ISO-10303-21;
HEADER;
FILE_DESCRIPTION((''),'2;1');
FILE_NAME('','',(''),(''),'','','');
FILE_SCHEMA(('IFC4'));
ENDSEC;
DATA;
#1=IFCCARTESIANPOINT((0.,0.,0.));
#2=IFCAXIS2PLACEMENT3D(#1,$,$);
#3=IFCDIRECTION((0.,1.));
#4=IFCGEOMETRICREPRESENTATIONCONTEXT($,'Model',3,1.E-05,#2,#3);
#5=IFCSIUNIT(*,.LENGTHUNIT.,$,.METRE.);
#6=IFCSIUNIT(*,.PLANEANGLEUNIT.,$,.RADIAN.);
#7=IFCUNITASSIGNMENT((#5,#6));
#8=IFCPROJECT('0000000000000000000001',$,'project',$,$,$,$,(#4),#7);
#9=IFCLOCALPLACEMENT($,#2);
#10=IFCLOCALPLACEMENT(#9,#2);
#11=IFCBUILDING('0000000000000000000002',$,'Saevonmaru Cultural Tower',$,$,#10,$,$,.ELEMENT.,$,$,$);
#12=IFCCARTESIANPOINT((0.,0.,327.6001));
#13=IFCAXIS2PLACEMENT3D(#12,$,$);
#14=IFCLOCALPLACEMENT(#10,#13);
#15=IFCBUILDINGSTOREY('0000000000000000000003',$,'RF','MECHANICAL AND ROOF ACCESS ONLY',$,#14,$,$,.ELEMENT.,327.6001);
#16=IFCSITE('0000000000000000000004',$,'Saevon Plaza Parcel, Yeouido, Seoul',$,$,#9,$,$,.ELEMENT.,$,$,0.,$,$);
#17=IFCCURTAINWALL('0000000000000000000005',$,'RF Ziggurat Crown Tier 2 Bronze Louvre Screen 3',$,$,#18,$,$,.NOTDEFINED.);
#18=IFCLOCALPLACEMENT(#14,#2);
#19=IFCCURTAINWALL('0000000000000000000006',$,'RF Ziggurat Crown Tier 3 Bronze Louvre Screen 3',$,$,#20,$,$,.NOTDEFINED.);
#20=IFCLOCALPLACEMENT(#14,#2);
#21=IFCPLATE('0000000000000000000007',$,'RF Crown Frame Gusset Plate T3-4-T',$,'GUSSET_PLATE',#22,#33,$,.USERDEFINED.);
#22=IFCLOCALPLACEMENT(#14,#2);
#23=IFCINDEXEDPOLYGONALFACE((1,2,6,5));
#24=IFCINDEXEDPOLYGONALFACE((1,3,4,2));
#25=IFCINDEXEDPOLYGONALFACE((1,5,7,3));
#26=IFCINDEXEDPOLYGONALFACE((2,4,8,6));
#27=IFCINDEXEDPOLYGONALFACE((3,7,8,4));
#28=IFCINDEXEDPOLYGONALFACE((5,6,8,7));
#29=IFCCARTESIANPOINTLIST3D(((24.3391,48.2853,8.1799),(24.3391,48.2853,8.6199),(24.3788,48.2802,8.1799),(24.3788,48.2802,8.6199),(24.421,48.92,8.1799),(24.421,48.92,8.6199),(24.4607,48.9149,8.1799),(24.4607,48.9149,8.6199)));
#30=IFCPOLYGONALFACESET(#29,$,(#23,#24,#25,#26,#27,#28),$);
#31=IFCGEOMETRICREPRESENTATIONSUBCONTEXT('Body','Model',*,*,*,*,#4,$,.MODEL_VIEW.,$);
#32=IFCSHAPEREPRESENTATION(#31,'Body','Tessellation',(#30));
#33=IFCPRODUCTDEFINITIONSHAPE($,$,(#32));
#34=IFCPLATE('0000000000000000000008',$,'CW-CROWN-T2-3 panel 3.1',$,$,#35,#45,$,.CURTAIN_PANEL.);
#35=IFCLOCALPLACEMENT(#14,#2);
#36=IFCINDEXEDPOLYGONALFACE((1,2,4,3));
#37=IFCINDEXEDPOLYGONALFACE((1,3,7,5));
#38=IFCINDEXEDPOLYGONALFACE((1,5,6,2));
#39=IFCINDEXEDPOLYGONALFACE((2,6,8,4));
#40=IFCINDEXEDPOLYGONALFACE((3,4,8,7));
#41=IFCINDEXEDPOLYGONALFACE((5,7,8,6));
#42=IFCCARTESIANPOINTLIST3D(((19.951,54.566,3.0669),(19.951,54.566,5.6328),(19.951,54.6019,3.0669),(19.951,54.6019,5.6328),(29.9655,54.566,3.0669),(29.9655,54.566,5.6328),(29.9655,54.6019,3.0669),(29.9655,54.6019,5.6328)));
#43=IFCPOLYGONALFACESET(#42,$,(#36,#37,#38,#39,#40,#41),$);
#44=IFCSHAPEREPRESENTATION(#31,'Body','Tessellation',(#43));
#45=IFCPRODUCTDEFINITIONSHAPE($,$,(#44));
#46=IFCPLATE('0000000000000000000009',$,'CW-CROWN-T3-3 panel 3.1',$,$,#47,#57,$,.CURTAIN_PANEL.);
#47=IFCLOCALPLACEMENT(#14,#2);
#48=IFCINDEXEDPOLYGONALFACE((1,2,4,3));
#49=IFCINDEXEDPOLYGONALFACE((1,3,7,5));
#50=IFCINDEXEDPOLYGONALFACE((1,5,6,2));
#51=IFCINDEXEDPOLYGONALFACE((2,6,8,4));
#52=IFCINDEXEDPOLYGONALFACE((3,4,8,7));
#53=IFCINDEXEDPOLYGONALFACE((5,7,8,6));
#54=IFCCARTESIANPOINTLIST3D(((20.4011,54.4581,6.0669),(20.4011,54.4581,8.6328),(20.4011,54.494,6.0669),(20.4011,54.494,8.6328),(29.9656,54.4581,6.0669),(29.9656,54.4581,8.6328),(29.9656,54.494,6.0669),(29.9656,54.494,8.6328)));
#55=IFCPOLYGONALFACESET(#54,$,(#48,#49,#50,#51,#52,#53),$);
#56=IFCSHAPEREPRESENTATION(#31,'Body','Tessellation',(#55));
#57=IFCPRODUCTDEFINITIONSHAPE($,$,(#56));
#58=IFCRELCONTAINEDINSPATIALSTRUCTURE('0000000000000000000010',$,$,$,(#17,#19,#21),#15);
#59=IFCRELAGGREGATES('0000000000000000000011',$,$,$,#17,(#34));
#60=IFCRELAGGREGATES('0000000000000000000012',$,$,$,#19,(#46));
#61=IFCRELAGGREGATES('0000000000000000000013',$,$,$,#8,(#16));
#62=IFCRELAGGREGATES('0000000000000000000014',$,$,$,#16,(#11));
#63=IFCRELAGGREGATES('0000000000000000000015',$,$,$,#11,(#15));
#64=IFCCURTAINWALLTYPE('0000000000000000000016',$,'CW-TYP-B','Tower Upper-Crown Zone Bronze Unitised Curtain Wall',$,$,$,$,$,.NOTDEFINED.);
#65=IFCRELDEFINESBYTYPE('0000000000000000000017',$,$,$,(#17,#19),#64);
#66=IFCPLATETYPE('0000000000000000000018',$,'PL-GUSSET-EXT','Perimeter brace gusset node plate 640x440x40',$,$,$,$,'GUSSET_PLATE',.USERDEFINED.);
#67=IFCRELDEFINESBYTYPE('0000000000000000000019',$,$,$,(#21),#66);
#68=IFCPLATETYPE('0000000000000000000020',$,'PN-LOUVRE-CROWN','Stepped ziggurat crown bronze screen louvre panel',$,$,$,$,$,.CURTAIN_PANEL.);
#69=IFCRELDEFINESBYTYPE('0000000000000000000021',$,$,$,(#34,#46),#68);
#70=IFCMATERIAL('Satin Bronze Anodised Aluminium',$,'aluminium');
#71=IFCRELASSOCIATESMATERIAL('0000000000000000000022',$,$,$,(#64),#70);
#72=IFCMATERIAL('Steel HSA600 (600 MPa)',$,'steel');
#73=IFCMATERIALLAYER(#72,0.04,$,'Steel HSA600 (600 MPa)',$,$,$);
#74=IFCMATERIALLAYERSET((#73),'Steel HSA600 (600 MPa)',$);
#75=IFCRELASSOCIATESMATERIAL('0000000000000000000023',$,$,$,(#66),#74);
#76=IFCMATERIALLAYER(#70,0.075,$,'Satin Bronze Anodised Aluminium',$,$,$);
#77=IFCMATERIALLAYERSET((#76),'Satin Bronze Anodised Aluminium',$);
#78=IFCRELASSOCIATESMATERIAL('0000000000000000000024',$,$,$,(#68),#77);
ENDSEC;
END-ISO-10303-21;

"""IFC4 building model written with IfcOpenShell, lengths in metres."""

from ifc_helpers import new_model, si_unit, direction, frame, origin, origin_2d, place, context, subcontext, project, spatial, rectangle, extrude, material, layer, layer_set, type_object, element, aggregate, save


model = new_model("IFC4")

# Units and contexts
model_context = context("Model", 3, precision=1e-05, world=origin(), true_north=direction((0.0, 1.0)))
body_context = subcontext(model_context, "Body", "Model", "MODEL_VIEW")
ifc_project = project(units=[si_unit("LENGTHUNIT", "METRE"), si_unit("PLANEANGLEUNIT", "RADIAN")], contexts=[model_context])

# Site, building, storey
site_placement = place(None, origin())
site = spatial("IfcSite", under=ifc_project, at=site_placement, Name="Saevon Plaza Parcel, Yeouido, Seoul", CompositionType="ELEMENT", RefElevation=0.0)
building_placement = place(site_placement, origin())
building = spatial("IfcBuilding", under=site, at=building_placement, Name="Saevonmaru Cultural Tower", CompositionType="ELEMENT")
storey_placement = place(building_placement, frame((0.0, 0.0, 327.6001)))
storey = spatial("IfcBuildingStorey", under=building, at=storey_placement, Name="RF", Description="MECHANICAL AND ROOF ACCESS ONLY", CompositionType="ELEMENT", Elevation=327.6001)

# Curtain walls
ifc_material_1 = material(Name="Satin Bronze Anodised Aluminium", Category="aluminium")
curtain_wall_type = type_object("IfcCurtainWallType", Name="CW-TYP-B", Description="Tower Upper-Crown Zone Bronze Unitised Curtain Wall", PredefinedType="NOTDEFINED", material=ifc_material_1)
curtain_wall_1_placement = place(storey_placement, origin())
curtain_wall_1 = element("IfcCurtainWall", 1, at=curtain_wall_1_placement, inside=storey, type_object=curtain_wall_type, Name="RF Ziggurat Crown Tier 2 Bronze Louvre Screen 3", PredefinedType="NOTDEFINED")
curtain_wall_2_placement = place(storey_placement, origin())
curtain_wall_2 = element("IfcCurtainWall", 2, at=curtain_wall_2_placement, inside=storey, type_object=curtain_wall_type, Name="RF Ziggurat Crown Tier 3 Bronze Louvre Screen 3", PredefinedType="NOTDEFINED")

# Plate
ifc_material_2 = material(Name="Steel HSA600 (600 MPa)", Category="steel")
ifc_layer_1 = layer(ifc_material_2, 0.04, Name="Steel HSA600 (600 MPa)")
ifc_layer_set_1 = layer_set([ifc_layer_1], Name="Steel HSA600 (600 MPa)")
plate_type_1 = type_object("IfcPlateType", Name="PL-GUSSET-EXT", Description="Perimeter brace gusset node plate 640x440x40", ElementType="GUSSET_PLATE", PredefinedType="USERDEFINED", material=ifc_layer_set_1)
for number, where, z_axis, x_axis, name in (
    (3, (24.3999, 48.6001, 8.1799), (0.0, 0.0, 1.0), (-0.127965, -0.991779, 0.0), "RF Crown Frame Gusset Plate T3-4-T"),
):
    element("IfcPlate", number, at=place(storey_placement, frame(where, z_axis=z_axis, x_axis=x_axis)), inside=storey, type_object=plate_type_1, Name=name, ObjectType="GUSSET_PLATE", PredefinedType="USERDEFINED", context=body_context, shape_type="SweptSolid", body=[
        extrude(rectangle(XDim=0.6399, YDim=0.04, at=origin_2d()), origin(), (0.0, 0.0, 1.0), 0.4399),
    ])

# Plates
ifc_layer_2 = layer(ifc_material_1, 0.075, Name="Satin Bronze Anodised Aluminium")
ifc_layer_set_2 = layer_set([ifc_layer_2], Name="Satin Bronze Anodised Aluminium")
plate_type_2 = type_object("IfcPlateType", Name="PN-LOUVRE-CROWN", Description="Stepped ziggurat crown bronze screen louvre panel", PredefinedType="CURTAIN_PANEL", material=ifc_layer_set_2)
plate_1_placement = place(storey_placement, frame((24.9583, 54.584, 3.0669), z_axis=(0.0, 0.0, 1.0), x_axis=(-1.0, 0.0, 0.0)))
plate_1 = element("IfcPlate", 4, at=plate_1_placement, type_object=plate_type_2, Name="CW-CROWN-T2-3 panel 3.1", PredefinedType="CURTAIN_PANEL", context=body_context, shape_type="SweptSolid", body=[
    extrude(rectangle(XDim=10.0144, YDim=0.0359, at=origin_2d()), origin(), (0.0, 0.0, 1.0), 2.5659),
])
aggregate(curtain_wall_1, [plate_1])
plate_2_placement = place(storey_placement, frame((25.1833, 54.4761, 6.0669), z_axis=(0.0, 0.0, 1.0), x_axis=(-1.0, 0.0, 0.0)))
plate_2 = element("IfcPlate", 5, at=plate_2_placement, type_object=plate_type_2, Name="CW-CROWN-T3-3 panel 3.1", PredefinedType="CURTAIN_PANEL", context=body_context, shape_type="SweptSolid", body=[
    extrude(rectangle(XDim=9.5645, YDim=0.0359, at=origin_2d()), origin(), (0.0, 0.0, 1.0), 2.5659),
])
aggregate(curtain_wall_2, [plate_2])

save(model, "model.ifc")
